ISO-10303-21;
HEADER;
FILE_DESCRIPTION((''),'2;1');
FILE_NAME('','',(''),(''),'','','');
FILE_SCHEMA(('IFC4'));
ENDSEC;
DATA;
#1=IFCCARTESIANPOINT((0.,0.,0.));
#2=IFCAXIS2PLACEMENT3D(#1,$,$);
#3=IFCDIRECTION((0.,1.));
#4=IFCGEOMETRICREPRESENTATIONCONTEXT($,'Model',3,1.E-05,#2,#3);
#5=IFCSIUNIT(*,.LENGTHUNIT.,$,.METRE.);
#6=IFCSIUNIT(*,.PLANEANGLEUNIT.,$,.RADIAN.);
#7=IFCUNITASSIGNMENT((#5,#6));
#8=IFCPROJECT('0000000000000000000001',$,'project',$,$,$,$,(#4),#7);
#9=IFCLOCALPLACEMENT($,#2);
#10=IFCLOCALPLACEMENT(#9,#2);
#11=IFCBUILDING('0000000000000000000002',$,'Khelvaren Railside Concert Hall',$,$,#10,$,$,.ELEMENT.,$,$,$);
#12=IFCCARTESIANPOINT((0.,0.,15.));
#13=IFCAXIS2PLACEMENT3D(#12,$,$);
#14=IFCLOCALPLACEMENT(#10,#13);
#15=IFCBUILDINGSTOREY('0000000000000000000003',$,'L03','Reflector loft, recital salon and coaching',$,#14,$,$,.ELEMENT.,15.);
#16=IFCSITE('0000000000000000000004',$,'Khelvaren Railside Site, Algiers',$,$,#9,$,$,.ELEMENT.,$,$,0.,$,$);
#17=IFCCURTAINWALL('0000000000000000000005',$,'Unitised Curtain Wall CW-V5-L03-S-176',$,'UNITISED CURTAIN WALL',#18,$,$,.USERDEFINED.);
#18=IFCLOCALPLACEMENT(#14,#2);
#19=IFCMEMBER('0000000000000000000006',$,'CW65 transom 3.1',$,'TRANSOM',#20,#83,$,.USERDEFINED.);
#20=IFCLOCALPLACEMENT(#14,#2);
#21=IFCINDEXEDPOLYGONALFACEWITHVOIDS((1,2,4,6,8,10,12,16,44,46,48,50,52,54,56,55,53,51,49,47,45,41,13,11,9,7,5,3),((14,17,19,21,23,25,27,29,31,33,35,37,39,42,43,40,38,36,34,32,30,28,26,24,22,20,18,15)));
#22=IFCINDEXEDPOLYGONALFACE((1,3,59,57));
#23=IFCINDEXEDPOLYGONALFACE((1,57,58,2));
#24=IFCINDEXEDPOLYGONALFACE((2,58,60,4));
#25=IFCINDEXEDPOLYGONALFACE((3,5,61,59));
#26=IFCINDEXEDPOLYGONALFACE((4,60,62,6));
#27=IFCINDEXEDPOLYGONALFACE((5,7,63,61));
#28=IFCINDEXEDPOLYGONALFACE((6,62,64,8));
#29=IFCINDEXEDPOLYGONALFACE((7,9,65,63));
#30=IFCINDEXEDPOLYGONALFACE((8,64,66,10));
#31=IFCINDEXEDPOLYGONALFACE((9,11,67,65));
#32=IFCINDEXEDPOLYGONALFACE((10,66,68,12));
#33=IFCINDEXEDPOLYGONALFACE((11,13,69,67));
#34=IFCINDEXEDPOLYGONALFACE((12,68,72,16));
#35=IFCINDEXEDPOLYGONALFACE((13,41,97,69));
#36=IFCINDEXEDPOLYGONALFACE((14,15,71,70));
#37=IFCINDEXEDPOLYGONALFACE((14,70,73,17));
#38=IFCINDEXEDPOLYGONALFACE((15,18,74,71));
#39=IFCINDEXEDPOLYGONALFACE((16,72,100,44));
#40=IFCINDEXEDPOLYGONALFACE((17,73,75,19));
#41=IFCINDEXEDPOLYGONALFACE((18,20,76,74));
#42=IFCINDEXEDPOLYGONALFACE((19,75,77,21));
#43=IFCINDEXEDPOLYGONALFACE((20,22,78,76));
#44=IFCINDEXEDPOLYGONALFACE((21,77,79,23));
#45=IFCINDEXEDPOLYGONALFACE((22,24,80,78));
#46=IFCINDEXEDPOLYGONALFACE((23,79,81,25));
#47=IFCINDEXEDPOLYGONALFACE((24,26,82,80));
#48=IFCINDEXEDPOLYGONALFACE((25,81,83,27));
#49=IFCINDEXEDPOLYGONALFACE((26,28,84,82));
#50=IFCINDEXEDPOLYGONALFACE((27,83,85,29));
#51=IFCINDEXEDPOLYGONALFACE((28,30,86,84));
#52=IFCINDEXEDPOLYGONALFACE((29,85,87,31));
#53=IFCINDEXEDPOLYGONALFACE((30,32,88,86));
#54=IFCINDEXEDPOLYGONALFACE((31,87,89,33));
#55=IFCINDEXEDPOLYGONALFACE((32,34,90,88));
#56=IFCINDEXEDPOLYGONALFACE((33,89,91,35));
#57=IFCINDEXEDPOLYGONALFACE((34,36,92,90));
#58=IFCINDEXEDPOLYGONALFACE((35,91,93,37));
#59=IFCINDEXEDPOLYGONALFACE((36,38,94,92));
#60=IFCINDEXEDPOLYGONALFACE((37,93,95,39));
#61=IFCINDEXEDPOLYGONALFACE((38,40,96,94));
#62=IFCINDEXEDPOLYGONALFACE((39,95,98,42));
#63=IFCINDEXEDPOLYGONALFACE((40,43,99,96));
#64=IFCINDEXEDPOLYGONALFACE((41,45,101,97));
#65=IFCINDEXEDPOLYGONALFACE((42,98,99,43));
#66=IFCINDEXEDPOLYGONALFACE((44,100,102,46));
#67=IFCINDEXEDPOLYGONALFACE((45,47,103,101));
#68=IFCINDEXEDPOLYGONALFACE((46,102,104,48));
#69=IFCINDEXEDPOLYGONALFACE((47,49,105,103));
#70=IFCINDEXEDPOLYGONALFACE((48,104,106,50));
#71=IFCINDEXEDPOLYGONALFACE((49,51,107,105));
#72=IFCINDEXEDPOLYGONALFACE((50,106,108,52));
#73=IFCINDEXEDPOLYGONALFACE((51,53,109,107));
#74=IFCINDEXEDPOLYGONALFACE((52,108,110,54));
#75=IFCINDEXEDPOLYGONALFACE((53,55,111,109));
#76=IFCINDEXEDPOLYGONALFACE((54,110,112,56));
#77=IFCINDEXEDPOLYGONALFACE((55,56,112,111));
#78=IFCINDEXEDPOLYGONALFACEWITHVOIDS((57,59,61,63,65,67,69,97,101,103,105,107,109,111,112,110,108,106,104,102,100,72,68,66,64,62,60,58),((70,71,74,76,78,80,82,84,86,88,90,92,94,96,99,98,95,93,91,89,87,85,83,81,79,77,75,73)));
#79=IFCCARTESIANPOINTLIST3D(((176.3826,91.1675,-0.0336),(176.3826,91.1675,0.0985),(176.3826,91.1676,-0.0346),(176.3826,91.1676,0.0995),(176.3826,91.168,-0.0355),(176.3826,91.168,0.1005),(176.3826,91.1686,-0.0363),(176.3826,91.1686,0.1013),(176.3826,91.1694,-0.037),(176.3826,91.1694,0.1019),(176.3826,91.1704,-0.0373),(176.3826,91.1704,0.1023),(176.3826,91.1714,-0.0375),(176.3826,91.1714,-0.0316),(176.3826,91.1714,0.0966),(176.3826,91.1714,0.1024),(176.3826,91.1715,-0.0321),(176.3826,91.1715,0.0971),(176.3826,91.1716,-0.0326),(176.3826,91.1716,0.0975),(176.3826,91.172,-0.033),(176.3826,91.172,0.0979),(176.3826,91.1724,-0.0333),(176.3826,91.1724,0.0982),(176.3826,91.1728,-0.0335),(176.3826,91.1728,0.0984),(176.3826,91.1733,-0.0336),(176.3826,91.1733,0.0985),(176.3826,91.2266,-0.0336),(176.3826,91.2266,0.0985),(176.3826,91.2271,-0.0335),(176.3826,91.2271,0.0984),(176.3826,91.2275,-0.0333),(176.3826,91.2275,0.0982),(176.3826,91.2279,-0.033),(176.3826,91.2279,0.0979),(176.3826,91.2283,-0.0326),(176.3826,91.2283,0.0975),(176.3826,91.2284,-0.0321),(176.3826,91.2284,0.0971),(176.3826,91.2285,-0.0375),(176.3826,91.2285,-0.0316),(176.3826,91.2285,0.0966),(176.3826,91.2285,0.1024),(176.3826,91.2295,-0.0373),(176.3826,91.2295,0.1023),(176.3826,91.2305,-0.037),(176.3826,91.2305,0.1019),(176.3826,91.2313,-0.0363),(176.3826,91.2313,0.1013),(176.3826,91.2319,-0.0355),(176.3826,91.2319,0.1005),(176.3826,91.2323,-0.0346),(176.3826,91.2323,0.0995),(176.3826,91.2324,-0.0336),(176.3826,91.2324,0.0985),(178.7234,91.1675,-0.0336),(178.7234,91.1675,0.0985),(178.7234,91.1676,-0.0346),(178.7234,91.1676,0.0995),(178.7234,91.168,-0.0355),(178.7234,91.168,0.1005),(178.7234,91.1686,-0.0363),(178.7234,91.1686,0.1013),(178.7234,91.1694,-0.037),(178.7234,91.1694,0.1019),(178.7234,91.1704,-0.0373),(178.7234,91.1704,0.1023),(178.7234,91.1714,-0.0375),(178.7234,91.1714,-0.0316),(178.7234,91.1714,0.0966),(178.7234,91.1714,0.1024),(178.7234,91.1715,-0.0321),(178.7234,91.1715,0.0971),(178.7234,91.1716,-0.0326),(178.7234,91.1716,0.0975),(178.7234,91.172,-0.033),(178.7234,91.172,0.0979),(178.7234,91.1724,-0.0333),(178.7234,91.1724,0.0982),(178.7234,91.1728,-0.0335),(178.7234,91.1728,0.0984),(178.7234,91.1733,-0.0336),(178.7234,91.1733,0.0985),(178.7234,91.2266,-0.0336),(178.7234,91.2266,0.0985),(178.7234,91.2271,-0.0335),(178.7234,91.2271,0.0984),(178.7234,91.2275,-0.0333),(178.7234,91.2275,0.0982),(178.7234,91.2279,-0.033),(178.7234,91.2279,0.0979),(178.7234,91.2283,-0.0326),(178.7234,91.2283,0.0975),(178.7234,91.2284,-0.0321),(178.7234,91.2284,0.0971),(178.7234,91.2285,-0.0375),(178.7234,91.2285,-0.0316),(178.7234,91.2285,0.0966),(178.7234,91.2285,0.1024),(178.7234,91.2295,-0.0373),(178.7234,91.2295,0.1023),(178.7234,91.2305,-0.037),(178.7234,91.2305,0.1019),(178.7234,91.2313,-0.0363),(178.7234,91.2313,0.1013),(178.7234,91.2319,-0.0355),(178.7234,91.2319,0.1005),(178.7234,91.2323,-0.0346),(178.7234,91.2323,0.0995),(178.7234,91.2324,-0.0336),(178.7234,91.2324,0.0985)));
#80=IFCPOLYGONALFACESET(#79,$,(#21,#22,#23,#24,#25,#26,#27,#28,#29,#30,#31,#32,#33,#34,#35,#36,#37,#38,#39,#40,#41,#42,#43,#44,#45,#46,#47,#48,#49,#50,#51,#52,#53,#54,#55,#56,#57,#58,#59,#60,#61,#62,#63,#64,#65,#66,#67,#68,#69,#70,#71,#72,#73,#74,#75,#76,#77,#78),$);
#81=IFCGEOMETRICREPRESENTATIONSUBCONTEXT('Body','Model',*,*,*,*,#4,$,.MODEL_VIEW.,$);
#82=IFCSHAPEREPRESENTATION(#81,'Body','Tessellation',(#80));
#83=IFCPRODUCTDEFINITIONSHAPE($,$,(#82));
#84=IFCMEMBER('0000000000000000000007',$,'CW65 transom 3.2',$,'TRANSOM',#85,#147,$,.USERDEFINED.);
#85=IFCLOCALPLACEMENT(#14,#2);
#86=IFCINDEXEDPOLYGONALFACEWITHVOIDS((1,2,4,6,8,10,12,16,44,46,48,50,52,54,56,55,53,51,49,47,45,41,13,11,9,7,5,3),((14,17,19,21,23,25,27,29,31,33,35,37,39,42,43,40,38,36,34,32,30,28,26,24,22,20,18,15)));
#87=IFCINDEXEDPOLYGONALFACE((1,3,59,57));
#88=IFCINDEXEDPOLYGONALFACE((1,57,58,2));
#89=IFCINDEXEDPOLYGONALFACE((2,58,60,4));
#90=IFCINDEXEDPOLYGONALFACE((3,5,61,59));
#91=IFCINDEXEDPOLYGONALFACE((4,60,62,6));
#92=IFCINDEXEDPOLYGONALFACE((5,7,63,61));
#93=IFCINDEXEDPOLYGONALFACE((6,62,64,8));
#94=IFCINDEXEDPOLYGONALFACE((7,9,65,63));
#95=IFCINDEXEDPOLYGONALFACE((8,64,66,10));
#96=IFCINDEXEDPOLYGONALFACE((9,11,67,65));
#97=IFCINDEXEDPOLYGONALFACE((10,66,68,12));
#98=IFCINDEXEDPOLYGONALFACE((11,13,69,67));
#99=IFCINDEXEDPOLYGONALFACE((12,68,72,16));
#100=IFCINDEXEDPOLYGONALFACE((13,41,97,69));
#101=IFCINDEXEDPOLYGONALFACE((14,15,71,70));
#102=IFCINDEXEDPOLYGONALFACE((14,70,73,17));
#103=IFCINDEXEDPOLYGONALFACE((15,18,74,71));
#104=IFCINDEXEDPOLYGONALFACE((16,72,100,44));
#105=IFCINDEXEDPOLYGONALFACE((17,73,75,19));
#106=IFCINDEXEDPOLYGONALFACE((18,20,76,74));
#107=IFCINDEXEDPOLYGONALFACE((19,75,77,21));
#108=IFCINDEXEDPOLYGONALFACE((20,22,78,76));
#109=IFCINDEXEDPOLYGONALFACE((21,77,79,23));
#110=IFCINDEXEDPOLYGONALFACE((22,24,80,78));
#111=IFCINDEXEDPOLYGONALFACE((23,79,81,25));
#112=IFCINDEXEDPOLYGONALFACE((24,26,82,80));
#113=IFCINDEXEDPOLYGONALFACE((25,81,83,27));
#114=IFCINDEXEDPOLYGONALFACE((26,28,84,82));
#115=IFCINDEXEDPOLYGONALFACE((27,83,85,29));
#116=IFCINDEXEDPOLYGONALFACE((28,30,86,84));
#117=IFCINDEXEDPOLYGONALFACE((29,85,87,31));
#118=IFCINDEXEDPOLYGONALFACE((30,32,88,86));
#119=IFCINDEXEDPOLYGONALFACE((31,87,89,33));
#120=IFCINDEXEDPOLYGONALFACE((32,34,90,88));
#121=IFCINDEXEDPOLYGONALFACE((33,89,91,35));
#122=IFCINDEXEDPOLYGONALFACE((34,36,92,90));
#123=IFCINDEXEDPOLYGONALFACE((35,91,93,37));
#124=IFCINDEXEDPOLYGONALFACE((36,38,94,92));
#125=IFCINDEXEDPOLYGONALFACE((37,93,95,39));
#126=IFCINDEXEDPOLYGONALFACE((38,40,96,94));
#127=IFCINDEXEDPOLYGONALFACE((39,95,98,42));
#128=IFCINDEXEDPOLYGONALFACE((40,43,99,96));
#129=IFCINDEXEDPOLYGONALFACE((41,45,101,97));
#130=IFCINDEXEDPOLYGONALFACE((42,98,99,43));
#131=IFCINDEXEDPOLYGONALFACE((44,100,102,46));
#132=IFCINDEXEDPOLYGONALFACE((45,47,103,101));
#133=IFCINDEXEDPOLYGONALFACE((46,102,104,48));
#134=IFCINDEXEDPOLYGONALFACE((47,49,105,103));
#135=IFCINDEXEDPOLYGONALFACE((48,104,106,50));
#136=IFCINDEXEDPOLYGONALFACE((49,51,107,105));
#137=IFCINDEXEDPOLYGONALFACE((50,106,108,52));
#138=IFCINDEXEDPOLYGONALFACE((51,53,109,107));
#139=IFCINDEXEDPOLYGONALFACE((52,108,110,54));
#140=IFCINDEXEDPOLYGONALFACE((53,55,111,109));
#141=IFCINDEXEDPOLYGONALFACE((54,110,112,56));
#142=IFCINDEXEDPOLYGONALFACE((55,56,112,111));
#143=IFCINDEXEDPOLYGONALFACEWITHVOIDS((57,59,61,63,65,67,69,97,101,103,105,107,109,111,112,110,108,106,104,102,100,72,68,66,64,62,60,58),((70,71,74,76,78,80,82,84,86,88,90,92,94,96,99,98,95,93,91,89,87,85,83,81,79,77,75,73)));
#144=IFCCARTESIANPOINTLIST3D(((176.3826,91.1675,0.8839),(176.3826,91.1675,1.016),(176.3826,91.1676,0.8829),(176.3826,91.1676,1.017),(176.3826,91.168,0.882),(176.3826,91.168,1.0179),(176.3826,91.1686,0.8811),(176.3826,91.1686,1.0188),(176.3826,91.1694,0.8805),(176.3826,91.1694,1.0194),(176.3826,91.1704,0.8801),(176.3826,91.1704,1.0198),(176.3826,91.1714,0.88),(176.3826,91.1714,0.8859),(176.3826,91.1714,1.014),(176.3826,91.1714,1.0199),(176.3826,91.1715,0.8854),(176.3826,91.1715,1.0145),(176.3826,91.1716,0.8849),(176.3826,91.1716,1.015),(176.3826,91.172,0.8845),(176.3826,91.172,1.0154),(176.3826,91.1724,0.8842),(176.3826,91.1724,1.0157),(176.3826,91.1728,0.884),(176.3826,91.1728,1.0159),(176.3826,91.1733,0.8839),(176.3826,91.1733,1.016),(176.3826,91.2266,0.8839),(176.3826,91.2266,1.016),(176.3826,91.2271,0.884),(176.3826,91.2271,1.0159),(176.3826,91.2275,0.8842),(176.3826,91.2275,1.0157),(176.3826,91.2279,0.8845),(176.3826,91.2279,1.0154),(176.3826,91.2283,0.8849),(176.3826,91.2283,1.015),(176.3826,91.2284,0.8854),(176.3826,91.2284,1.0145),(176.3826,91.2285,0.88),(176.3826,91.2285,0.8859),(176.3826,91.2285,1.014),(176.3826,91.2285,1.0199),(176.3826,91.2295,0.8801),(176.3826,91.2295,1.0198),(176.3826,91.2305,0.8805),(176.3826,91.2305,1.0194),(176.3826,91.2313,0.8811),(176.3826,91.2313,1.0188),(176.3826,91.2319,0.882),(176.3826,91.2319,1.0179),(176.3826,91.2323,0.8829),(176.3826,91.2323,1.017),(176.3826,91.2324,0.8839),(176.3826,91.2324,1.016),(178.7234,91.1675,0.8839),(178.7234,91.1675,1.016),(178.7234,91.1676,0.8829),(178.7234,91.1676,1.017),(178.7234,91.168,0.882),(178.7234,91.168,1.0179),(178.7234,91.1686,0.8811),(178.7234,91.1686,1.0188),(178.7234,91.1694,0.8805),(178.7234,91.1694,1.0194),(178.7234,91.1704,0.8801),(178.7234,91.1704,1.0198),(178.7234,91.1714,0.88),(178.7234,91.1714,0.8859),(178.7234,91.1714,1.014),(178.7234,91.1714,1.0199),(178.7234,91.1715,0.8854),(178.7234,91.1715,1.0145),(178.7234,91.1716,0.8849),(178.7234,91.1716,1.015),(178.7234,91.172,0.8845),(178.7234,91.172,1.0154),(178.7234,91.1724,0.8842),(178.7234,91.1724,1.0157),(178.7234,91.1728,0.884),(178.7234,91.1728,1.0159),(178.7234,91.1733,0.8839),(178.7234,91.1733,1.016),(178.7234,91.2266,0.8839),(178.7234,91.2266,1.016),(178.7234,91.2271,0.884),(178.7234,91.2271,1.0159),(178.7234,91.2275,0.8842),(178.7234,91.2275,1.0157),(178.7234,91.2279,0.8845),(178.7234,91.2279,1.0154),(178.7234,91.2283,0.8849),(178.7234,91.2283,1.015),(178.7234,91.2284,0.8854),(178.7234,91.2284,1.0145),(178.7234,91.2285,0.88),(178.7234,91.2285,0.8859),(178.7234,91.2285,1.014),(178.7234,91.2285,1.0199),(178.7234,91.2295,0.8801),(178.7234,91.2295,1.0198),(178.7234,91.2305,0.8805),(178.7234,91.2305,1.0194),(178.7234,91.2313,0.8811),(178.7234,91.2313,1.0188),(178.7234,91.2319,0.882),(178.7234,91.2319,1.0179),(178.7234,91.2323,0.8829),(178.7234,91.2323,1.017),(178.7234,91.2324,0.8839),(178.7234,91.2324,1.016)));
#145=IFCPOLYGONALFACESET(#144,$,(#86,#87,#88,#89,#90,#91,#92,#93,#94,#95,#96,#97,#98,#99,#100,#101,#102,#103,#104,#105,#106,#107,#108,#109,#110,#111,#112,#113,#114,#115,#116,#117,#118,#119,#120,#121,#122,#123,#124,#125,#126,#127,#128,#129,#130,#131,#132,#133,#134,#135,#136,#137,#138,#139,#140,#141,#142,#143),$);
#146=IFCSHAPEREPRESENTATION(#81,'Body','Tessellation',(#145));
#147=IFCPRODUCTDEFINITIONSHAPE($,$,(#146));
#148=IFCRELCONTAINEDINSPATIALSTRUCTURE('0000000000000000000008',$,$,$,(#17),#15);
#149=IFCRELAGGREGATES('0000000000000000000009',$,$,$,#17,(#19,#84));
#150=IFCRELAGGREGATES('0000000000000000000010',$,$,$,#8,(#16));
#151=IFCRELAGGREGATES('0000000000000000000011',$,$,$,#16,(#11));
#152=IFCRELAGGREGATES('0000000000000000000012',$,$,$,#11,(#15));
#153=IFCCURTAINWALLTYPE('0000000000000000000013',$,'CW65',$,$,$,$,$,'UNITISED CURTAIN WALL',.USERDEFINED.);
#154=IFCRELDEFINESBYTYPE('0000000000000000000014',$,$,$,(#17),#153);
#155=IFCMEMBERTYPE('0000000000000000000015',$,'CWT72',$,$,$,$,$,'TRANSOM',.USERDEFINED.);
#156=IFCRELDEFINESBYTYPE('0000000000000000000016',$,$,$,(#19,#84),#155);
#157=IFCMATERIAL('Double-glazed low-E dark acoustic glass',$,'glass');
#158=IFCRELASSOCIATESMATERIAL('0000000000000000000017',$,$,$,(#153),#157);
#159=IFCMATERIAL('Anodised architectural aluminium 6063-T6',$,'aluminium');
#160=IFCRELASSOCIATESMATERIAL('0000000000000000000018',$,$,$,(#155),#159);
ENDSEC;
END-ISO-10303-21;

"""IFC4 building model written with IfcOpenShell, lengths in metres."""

from ifc_helpers import new_model, si_unit, direction, frame, origin, origin_2d, place, context, subcontext, project, spatial, hollow_rectangle, extrude, material, material_profile, profile_set, type_object, element, aggregate, save


model = new_model("IFC4")

# Units and contexts
model_context = context("Model", 3, precision=1e-05, world=origin(), true_north=direction((0.0, 1.0)))
body_context = subcontext(model_context, "Body", "Model", "MODEL_VIEW")
ifc_project = project(units=[si_unit("LENGTHUNIT", "METRE"), si_unit("PLANEANGLEUNIT", "RADIAN")], contexts=[model_context])

# Site, building, storey
site_placement = place(None, origin())
site = spatial("IfcSite", under=ifc_project, at=site_placement, Name="Khelvaren Railside Site, Algiers", CompositionType="ELEMENT", RefElevation=0.0)
building_placement = place(site_placement, origin())
building = spatial("IfcBuilding", under=site, at=building_placement, Name="Khelvaren Railside Concert Hall", CompositionType="ELEMENT")
storey_placement = place(building_placement, frame((0.0, 0.0, 15.0)))
storey = spatial("IfcBuildingStorey", under=building, at=storey_placement, Name="L03", Description="Reflector loft, recital salon and coaching", CompositionType="ELEMENT", Elevation=15.0)

# Shared definitions
ifc_material_1 = material(Name="Double-glazed low-E dark acoustic glass", Category="glass")
ifc_material_2 = material(Name="Anodised architectural aluminium 6063-T6", Category="aluminium")

# Curtain wall
curtain_wall_type_1 = type_object("IfcCurtainWallType", Name="CW65", ElementType="UNITISED CURTAIN WALL", PredefinedType="USERDEFINED", material=ifc_material_1)
curtain_wall_1_placement = place(storey_placement, origin())
curtain_wall_1 = element("IfcCurtainWall", 1, at=curtain_wall_1_placement, inside=storey, type_object=curtain_wall_type_1, Name="Unitised Curtain Wall CW-V5-L03-S-176", ObjectType="UNITISED CURTAIN WALL", PredefinedType="USERDEFINED")

# Members
ifc_material_profile_1 = material_profile(ifc_material_2, hollow_rectangle(XDim=0.0649, YDim=0.1399, WallThickness=0.0039, InnerFilletRadius=0.002, OuterFilletRadius=0.0039, at=origin_2d()), Name="CWT 65x140x4")
ifc_profile_set_1 = profile_set([ifc_material_profile_1], Name="Anodised architectural aluminium 6063-T6")
member_type_1 = type_object("IfcMemberType", Name="CWT72", ElementType="TRANSOM", PredefinedType="USERDEFINED", material=ifc_profile_set_1)
member_1_placement = place(storey_placement, frame((178.7234, 91.2, 0.0325), z_axis=(-1.0, 0.0, 0.0), x_axis=(0.0, -1.0, 0.0)))
member_1 = element("IfcMember", 2, at=member_1_placement, type_object=member_type_1, Name="CW65 transom 3.1", ObjectType="TRANSOM", PredefinedType="USERDEFINED", context=body_context, shape_type="SweptSolid", body=[
    extrude(hollow_rectangle(XDim=0.0649, YDim=0.1399, WallThickness=0.0039, InnerFilletRadius=0.002, OuterFilletRadius=0.0039, at=origin_2d()), origin(), (0.0, 0.0, 1.0), 2.3408),
])
member_2_placement = place(storey_placement, frame((178.7234, 91.2, 0.95), z_axis=(-1.0, 0.0, 0.0), x_axis=(0.0, -1.0, 0.0)))
member_2 = element("IfcMember", 3, at=member_2_placement, type_object=member_type_1, Name="CW65 transom 3.2", ObjectType="TRANSOM", PredefinedType="USERDEFINED", context=body_context, shape_type="SweptSolid", body=[
    extrude(hollow_rectangle(XDim=0.0649, YDim=0.1399, WallThickness=0.0039, InnerFilletRadius=0.002, OuterFilletRadius=0.0039, at=origin_2d()), origin(), (0.0, 0.0, 1.0), 2.3408),
])

aggregate(curtain_wall_1, [member_1, member_2])

save(model, "model.ifc")
